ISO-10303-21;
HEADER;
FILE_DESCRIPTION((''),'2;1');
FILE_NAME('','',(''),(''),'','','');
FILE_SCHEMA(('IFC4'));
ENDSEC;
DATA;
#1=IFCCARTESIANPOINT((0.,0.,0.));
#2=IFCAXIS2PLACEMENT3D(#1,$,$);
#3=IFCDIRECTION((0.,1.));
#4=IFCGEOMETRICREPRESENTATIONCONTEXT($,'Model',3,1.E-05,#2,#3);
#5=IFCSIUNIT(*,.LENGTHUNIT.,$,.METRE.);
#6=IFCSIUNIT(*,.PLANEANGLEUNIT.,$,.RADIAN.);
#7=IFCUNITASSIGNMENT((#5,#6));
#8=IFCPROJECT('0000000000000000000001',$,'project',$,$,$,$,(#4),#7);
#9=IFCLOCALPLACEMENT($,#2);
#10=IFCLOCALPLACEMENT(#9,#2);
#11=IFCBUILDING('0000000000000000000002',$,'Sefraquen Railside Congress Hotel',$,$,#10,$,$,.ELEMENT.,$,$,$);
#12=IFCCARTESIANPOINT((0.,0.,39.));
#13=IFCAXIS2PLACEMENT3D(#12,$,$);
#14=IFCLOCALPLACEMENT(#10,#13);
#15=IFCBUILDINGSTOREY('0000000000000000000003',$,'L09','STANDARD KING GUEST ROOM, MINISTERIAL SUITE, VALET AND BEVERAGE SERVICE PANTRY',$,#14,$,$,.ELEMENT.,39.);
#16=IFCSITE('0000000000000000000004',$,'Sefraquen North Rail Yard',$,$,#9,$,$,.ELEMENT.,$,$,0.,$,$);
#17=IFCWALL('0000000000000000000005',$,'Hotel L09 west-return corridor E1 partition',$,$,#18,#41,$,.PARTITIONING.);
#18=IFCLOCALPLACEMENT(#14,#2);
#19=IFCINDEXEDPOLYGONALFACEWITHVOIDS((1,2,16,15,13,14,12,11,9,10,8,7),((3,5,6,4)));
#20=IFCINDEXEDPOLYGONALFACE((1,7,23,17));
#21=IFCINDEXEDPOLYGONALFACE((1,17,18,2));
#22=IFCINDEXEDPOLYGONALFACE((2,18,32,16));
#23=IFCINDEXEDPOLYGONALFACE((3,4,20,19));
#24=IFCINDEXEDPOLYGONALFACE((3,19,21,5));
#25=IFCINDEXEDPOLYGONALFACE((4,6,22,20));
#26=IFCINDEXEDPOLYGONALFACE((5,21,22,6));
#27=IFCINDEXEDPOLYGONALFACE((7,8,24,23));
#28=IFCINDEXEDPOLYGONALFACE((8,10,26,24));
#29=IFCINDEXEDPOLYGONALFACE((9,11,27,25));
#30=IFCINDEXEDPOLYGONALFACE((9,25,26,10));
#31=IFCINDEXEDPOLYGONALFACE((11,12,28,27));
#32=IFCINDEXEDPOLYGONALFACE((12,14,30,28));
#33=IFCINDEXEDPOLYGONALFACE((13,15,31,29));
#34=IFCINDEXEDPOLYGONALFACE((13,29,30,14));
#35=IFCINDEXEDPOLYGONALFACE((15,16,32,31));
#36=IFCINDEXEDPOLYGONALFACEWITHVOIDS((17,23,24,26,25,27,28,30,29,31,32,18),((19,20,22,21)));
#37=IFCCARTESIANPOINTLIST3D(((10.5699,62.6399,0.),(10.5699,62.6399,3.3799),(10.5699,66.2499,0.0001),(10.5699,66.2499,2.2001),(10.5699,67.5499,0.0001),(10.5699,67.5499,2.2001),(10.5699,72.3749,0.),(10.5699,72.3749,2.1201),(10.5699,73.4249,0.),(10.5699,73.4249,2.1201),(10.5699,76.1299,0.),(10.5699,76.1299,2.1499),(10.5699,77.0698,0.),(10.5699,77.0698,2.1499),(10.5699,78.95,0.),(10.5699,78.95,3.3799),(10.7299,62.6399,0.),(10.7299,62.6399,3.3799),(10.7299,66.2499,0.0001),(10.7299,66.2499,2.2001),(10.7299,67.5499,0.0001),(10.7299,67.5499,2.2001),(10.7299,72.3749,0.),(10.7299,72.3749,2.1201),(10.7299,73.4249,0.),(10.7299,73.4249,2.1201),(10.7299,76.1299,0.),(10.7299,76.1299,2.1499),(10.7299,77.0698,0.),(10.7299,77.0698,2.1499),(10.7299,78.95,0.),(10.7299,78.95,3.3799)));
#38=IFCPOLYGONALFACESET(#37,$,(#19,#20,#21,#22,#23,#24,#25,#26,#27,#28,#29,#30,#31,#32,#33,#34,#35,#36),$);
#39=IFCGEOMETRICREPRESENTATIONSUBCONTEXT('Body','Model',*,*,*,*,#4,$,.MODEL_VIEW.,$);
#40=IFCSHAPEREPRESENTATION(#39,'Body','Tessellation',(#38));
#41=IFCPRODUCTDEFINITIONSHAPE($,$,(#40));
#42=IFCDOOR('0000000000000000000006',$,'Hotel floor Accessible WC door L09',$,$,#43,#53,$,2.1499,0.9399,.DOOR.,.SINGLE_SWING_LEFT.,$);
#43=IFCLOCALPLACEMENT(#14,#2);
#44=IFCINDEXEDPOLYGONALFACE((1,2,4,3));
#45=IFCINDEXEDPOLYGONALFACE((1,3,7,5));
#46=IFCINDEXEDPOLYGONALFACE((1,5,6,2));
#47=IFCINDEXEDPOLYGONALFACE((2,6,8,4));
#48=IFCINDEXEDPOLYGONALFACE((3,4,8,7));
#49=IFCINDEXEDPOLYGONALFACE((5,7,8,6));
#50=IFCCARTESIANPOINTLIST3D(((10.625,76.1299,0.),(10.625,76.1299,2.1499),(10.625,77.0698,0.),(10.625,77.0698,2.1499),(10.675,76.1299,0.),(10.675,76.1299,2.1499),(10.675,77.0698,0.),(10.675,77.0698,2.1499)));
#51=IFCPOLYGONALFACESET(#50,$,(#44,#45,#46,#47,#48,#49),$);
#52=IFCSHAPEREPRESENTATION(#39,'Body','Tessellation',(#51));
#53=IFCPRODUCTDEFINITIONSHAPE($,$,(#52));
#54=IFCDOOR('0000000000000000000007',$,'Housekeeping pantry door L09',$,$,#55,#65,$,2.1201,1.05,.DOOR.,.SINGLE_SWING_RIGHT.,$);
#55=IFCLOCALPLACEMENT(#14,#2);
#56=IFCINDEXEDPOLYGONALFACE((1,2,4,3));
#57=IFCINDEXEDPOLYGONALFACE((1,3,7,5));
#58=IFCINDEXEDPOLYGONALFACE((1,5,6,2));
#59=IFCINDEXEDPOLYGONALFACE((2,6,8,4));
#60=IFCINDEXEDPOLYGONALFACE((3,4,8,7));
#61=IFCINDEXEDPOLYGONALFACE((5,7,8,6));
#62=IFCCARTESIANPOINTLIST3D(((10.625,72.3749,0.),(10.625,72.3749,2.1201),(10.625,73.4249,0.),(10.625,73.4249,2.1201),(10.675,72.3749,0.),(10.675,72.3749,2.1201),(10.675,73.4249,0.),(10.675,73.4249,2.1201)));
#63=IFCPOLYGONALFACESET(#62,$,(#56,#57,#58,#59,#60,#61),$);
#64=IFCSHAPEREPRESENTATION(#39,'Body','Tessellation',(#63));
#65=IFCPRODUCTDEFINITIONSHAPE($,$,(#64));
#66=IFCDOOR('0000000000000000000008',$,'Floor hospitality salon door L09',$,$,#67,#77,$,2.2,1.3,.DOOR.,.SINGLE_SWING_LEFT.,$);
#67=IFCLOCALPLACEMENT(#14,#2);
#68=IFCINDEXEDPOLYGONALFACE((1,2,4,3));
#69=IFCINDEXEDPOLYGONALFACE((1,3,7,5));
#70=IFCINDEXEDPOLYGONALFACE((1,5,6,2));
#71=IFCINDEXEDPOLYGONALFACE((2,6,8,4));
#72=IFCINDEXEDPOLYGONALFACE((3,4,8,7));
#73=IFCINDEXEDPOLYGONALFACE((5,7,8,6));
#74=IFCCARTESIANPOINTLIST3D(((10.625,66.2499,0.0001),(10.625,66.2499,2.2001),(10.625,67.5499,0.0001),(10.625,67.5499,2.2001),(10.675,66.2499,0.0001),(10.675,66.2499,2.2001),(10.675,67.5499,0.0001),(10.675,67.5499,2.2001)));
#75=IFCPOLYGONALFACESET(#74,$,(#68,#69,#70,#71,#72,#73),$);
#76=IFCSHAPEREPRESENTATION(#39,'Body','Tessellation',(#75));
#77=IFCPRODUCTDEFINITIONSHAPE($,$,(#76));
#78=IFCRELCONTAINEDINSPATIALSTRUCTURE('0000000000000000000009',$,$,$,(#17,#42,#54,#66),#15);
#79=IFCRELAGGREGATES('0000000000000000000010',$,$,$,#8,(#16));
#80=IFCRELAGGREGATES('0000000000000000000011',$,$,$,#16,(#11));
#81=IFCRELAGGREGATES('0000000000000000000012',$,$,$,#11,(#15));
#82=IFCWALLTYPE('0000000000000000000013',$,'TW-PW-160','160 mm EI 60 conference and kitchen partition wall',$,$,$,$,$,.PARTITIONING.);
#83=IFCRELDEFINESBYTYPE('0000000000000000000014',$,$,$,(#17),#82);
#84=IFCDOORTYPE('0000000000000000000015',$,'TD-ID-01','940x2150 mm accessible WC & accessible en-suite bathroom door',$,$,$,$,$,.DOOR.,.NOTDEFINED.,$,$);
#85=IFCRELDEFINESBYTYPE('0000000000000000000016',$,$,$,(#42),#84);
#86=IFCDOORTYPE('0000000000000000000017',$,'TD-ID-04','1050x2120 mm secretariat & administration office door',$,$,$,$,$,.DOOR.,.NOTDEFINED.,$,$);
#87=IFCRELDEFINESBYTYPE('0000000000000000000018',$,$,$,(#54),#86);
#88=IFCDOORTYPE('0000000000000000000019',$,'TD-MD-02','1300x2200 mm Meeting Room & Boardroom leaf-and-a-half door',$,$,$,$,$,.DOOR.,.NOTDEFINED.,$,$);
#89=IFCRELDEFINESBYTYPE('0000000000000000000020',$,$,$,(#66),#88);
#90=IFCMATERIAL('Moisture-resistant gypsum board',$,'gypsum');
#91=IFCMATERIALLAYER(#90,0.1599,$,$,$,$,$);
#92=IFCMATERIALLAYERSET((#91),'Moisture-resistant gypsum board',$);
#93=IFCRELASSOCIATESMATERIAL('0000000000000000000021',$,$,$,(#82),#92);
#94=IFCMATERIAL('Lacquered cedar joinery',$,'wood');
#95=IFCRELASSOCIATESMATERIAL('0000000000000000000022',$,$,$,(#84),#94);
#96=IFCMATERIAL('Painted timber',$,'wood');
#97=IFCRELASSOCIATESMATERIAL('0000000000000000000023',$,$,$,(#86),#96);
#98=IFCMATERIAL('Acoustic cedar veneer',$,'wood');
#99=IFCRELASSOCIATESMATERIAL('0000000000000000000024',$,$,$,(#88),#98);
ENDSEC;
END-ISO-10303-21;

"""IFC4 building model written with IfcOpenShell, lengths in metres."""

from ifc_helpers import new_model, si_unit, direction, frame, frame_2d, origin, place, context, subcontext, project, spatial, rectangle, extrude, material, layer, layer_set, type_object, element, fill, save


model = new_model("IFC4")

# Units and contexts
model_context = context("Model", 3, precision=1e-05, world=origin(), true_north=direction((0.0, 1.0)))
body_context = subcontext(model_context, "Body", "Model", "MODEL_VIEW")
ifc_project = project(units=[si_unit("LENGTHUNIT", "METRE"), si_unit("PLANEANGLEUNIT", "RADIAN")], contexts=[model_context])

# Site, building, storey
site_placement = place(None, origin())
site = spatial("IfcSite", under=ifc_project, at=site_placement, Name="Sefraquen North Rail Yard", CompositionType="ELEMENT", RefElevation=0.0)
building_placement = place(site_placement, origin())
building = spatial("IfcBuilding", under=site, at=building_placement, Name="Sefraquen Railside Congress Hotel", CompositionType="ELEMENT")
storey_placement = place(building_placement, frame((0.0, 0.0, 39.0)))
storey = spatial("IfcBuildingStorey", under=building, at=storey_placement, Name="L09", Description="STANDARD KING GUEST ROOM, MINISTERIAL SUITE, VALET AND BEVERAGE SERVICE PANTRY", CompositionType="ELEMENT", Elevation=39.0)

# Shared definitions
ifc_material_1 = material(Name="Moisture-resistant gypsum board", Category="gypsum")
ifc_material_2 = material(Name="Lacquered cedar joinery", Category="wood")

# Wall, openings, doors
ifc_layer_1 = layer(ifc_material_1, 0.1599)
ifc_layer_set_1 = layer_set([ifc_layer_1], Name="Moisture-resistant gypsum board")
wall_type_1 = type_object("IfcWallType", Name="TW-PW-160", Description="160 mm EI 60 conference and kitchen partition wall", PredefinedType="PARTITIONING", material=ifc_layer_set_1)
wall_1_placement = place(storey_placement, frame((10.6499, 62.6399, 0.0), z_axis=(0.0, 0.0, 1.0), x_axis=(0.0, 1.0, 0.0)))
wall_1 = element("IfcWall", 1, at=wall_1_placement, inside=storey, type_object=wall_type_1, Name="Hotel L09 west-return corridor E1 partition", PredefinedType="PARTITIONING", context=body_context, shape_type="SweptSolid", body=[
    extrude(rectangle(XDim=16.3101, YDim=0.1599, at=frame_2d((8.155, 0.0))), origin(), (0.0, 0.0, 1.0), 3.3799),
])
opening_1_placement = place(wall_1_placement, frame((3.6101, 0.0, 0.0)))
opening_1 = element("IfcOpeningElement", 2, at=opening_1_placement, cuts=wall_1, PredefinedType="OPENING", context=body_context, shape_type="SweptSolid", body=[
    extrude(rectangle(XDim=1.3, YDim=2.2, at=frame_2d((0.6499, 1.1001))), frame((0.0, 0.0898, 0.0), z_axis=(0.0, -1.0, 0.0), x_axis=(1.0, 0.0, 0.0)), (0.0, 0.0, 1.0), 0.1799),
])
opening_2_placement = place(wall_1_placement, frame((9.7351, 0.0, 0.0)))
opening_2 = element("IfcOpeningElement", 3, at=opening_2_placement, cuts=wall_1, PredefinedType="OPENING", context=body_context, shape_type="SweptSolid", body=[
    extrude(rectangle(XDim=1.05, YDim=2.1201, at=frame_2d((0.5249, 1.0601))), frame((0.0, 0.0898, 0.0), z_axis=(0.0, -1.0, 0.0), x_axis=(1.0, 0.0, 0.0)), (0.0, 0.0, 1.0), 0.1799),
])
opening_3_placement = place(wall_1_placement, frame((13.49, 0.0, 0.0)))
opening_3 = element("IfcOpeningElement", 4, at=opening_3_placement, cuts=wall_1, PredefinedType="OPENING", context=body_context, shape_type="SweptSolid", body=[
    extrude(rectangle(XDim=0.9399, YDim=2.1499, at=frame_2d((0.47, 1.075))), frame((0.0, 0.0898, 0.0), z_axis=(0.0, -1.0, 0.0), x_axis=(1.0, 0.0, 0.0)), (0.0, 0.0, 1.0), 0.1799),
])
door_type_1 = type_object("IfcDoorType", Name="TD-ID-01", Description="940x2150 mm accessible WC & accessible en-suite bathroom door", OperationType="NOTDEFINED", PredefinedType="DOOR", material=ifc_material_2)
door_1_placement = place(opening_3_placement, origin())
door_1 = element("IfcDoor", 5, at=door_1_placement, inside=storey, type_object=door_type_1, Name="Hotel floor Accessible WC door L09", OperationType="SINGLE_SWING_LEFT", OverallHeight=2.1499, OverallWidth=0.9399, PredefinedType="DOOR", context=body_context, shape_type="SweptSolid", body=[
    extrude(rectangle(XDim=0.9399, YDim=2.1499, at=frame_2d((0.47, 1.075))), frame((0.0, 0.0249, 0.0), z_axis=(0.0, -1.0, 0.0), x_axis=(1.0, 0.0, 0.0)), (0.0, 0.0, 1.0), 0.05),
])
fill(opening_3, door_1)
ifc_material_3 = material(Name="Painted timber", Category="wood")
door_type_2 = type_object("IfcDoorType", Name="TD-ID-04", Description="1050x2120 mm secretariat & administration office door", OperationType="NOTDEFINED", PredefinedType="DOOR", material=ifc_material_3)
door_2_placement = place(opening_2_placement, origin())
door_2 = element("IfcDoor", 6, at=door_2_placement, inside=storey, type_object=door_type_2, Name="Housekeeping pantry door L09", OperationType="SINGLE_SWING_RIGHT", OverallHeight=2.1201, OverallWidth=1.05, PredefinedType="DOOR", context=body_context, shape_type="SweptSolid", body=[
    extrude(rectangle(XDim=1.05, YDim=2.1201, at=frame_2d((0.5249, 1.0601))), frame((0.0, 0.0249, 0.0), z_axis=(0.0, -1.0, 0.0), x_axis=(1.0, 0.0, 0.0)), (0.0, 0.0, 1.0), 0.05),
])
fill(opening_2, door_2)
ifc_material_4 = material(Name="Acoustic cedar veneer", Category="wood")
door_type_3 = type_object("IfcDoorType", Name="TD-MD-02", Description="1300x2200 mm Meeting Room & Boardroom leaf-and-a-half door", OperationType="NOTDEFINED", PredefinedType="DOOR", material=ifc_material_4)
door_3_placement = place(opening_1_placement, origin())
door_3 = element("IfcDoor", 7, at=door_3_placement, inside=storey, type_object=door_type_3, Name="Floor hospitality salon door L09", OperationType="SINGLE_SWING_LEFT", OverallHeight=2.2, OverallWidth=1.3, PredefinedType="DOOR", context=body_context, shape_type="SweptSolid", body=[
    extrude(rectangle(XDim=1.3, YDim=2.2, at=frame_2d((0.6499, 1.1001))), frame((0.0, 0.0249, 0.0), z_axis=(0.0, -1.0, 0.0), x_axis=(1.0, 0.0, 0.0)), (0.0, 0.0, 1.0), 0.05),
])
fill(opening_1, door_3)

save(model, "model.ifc")
